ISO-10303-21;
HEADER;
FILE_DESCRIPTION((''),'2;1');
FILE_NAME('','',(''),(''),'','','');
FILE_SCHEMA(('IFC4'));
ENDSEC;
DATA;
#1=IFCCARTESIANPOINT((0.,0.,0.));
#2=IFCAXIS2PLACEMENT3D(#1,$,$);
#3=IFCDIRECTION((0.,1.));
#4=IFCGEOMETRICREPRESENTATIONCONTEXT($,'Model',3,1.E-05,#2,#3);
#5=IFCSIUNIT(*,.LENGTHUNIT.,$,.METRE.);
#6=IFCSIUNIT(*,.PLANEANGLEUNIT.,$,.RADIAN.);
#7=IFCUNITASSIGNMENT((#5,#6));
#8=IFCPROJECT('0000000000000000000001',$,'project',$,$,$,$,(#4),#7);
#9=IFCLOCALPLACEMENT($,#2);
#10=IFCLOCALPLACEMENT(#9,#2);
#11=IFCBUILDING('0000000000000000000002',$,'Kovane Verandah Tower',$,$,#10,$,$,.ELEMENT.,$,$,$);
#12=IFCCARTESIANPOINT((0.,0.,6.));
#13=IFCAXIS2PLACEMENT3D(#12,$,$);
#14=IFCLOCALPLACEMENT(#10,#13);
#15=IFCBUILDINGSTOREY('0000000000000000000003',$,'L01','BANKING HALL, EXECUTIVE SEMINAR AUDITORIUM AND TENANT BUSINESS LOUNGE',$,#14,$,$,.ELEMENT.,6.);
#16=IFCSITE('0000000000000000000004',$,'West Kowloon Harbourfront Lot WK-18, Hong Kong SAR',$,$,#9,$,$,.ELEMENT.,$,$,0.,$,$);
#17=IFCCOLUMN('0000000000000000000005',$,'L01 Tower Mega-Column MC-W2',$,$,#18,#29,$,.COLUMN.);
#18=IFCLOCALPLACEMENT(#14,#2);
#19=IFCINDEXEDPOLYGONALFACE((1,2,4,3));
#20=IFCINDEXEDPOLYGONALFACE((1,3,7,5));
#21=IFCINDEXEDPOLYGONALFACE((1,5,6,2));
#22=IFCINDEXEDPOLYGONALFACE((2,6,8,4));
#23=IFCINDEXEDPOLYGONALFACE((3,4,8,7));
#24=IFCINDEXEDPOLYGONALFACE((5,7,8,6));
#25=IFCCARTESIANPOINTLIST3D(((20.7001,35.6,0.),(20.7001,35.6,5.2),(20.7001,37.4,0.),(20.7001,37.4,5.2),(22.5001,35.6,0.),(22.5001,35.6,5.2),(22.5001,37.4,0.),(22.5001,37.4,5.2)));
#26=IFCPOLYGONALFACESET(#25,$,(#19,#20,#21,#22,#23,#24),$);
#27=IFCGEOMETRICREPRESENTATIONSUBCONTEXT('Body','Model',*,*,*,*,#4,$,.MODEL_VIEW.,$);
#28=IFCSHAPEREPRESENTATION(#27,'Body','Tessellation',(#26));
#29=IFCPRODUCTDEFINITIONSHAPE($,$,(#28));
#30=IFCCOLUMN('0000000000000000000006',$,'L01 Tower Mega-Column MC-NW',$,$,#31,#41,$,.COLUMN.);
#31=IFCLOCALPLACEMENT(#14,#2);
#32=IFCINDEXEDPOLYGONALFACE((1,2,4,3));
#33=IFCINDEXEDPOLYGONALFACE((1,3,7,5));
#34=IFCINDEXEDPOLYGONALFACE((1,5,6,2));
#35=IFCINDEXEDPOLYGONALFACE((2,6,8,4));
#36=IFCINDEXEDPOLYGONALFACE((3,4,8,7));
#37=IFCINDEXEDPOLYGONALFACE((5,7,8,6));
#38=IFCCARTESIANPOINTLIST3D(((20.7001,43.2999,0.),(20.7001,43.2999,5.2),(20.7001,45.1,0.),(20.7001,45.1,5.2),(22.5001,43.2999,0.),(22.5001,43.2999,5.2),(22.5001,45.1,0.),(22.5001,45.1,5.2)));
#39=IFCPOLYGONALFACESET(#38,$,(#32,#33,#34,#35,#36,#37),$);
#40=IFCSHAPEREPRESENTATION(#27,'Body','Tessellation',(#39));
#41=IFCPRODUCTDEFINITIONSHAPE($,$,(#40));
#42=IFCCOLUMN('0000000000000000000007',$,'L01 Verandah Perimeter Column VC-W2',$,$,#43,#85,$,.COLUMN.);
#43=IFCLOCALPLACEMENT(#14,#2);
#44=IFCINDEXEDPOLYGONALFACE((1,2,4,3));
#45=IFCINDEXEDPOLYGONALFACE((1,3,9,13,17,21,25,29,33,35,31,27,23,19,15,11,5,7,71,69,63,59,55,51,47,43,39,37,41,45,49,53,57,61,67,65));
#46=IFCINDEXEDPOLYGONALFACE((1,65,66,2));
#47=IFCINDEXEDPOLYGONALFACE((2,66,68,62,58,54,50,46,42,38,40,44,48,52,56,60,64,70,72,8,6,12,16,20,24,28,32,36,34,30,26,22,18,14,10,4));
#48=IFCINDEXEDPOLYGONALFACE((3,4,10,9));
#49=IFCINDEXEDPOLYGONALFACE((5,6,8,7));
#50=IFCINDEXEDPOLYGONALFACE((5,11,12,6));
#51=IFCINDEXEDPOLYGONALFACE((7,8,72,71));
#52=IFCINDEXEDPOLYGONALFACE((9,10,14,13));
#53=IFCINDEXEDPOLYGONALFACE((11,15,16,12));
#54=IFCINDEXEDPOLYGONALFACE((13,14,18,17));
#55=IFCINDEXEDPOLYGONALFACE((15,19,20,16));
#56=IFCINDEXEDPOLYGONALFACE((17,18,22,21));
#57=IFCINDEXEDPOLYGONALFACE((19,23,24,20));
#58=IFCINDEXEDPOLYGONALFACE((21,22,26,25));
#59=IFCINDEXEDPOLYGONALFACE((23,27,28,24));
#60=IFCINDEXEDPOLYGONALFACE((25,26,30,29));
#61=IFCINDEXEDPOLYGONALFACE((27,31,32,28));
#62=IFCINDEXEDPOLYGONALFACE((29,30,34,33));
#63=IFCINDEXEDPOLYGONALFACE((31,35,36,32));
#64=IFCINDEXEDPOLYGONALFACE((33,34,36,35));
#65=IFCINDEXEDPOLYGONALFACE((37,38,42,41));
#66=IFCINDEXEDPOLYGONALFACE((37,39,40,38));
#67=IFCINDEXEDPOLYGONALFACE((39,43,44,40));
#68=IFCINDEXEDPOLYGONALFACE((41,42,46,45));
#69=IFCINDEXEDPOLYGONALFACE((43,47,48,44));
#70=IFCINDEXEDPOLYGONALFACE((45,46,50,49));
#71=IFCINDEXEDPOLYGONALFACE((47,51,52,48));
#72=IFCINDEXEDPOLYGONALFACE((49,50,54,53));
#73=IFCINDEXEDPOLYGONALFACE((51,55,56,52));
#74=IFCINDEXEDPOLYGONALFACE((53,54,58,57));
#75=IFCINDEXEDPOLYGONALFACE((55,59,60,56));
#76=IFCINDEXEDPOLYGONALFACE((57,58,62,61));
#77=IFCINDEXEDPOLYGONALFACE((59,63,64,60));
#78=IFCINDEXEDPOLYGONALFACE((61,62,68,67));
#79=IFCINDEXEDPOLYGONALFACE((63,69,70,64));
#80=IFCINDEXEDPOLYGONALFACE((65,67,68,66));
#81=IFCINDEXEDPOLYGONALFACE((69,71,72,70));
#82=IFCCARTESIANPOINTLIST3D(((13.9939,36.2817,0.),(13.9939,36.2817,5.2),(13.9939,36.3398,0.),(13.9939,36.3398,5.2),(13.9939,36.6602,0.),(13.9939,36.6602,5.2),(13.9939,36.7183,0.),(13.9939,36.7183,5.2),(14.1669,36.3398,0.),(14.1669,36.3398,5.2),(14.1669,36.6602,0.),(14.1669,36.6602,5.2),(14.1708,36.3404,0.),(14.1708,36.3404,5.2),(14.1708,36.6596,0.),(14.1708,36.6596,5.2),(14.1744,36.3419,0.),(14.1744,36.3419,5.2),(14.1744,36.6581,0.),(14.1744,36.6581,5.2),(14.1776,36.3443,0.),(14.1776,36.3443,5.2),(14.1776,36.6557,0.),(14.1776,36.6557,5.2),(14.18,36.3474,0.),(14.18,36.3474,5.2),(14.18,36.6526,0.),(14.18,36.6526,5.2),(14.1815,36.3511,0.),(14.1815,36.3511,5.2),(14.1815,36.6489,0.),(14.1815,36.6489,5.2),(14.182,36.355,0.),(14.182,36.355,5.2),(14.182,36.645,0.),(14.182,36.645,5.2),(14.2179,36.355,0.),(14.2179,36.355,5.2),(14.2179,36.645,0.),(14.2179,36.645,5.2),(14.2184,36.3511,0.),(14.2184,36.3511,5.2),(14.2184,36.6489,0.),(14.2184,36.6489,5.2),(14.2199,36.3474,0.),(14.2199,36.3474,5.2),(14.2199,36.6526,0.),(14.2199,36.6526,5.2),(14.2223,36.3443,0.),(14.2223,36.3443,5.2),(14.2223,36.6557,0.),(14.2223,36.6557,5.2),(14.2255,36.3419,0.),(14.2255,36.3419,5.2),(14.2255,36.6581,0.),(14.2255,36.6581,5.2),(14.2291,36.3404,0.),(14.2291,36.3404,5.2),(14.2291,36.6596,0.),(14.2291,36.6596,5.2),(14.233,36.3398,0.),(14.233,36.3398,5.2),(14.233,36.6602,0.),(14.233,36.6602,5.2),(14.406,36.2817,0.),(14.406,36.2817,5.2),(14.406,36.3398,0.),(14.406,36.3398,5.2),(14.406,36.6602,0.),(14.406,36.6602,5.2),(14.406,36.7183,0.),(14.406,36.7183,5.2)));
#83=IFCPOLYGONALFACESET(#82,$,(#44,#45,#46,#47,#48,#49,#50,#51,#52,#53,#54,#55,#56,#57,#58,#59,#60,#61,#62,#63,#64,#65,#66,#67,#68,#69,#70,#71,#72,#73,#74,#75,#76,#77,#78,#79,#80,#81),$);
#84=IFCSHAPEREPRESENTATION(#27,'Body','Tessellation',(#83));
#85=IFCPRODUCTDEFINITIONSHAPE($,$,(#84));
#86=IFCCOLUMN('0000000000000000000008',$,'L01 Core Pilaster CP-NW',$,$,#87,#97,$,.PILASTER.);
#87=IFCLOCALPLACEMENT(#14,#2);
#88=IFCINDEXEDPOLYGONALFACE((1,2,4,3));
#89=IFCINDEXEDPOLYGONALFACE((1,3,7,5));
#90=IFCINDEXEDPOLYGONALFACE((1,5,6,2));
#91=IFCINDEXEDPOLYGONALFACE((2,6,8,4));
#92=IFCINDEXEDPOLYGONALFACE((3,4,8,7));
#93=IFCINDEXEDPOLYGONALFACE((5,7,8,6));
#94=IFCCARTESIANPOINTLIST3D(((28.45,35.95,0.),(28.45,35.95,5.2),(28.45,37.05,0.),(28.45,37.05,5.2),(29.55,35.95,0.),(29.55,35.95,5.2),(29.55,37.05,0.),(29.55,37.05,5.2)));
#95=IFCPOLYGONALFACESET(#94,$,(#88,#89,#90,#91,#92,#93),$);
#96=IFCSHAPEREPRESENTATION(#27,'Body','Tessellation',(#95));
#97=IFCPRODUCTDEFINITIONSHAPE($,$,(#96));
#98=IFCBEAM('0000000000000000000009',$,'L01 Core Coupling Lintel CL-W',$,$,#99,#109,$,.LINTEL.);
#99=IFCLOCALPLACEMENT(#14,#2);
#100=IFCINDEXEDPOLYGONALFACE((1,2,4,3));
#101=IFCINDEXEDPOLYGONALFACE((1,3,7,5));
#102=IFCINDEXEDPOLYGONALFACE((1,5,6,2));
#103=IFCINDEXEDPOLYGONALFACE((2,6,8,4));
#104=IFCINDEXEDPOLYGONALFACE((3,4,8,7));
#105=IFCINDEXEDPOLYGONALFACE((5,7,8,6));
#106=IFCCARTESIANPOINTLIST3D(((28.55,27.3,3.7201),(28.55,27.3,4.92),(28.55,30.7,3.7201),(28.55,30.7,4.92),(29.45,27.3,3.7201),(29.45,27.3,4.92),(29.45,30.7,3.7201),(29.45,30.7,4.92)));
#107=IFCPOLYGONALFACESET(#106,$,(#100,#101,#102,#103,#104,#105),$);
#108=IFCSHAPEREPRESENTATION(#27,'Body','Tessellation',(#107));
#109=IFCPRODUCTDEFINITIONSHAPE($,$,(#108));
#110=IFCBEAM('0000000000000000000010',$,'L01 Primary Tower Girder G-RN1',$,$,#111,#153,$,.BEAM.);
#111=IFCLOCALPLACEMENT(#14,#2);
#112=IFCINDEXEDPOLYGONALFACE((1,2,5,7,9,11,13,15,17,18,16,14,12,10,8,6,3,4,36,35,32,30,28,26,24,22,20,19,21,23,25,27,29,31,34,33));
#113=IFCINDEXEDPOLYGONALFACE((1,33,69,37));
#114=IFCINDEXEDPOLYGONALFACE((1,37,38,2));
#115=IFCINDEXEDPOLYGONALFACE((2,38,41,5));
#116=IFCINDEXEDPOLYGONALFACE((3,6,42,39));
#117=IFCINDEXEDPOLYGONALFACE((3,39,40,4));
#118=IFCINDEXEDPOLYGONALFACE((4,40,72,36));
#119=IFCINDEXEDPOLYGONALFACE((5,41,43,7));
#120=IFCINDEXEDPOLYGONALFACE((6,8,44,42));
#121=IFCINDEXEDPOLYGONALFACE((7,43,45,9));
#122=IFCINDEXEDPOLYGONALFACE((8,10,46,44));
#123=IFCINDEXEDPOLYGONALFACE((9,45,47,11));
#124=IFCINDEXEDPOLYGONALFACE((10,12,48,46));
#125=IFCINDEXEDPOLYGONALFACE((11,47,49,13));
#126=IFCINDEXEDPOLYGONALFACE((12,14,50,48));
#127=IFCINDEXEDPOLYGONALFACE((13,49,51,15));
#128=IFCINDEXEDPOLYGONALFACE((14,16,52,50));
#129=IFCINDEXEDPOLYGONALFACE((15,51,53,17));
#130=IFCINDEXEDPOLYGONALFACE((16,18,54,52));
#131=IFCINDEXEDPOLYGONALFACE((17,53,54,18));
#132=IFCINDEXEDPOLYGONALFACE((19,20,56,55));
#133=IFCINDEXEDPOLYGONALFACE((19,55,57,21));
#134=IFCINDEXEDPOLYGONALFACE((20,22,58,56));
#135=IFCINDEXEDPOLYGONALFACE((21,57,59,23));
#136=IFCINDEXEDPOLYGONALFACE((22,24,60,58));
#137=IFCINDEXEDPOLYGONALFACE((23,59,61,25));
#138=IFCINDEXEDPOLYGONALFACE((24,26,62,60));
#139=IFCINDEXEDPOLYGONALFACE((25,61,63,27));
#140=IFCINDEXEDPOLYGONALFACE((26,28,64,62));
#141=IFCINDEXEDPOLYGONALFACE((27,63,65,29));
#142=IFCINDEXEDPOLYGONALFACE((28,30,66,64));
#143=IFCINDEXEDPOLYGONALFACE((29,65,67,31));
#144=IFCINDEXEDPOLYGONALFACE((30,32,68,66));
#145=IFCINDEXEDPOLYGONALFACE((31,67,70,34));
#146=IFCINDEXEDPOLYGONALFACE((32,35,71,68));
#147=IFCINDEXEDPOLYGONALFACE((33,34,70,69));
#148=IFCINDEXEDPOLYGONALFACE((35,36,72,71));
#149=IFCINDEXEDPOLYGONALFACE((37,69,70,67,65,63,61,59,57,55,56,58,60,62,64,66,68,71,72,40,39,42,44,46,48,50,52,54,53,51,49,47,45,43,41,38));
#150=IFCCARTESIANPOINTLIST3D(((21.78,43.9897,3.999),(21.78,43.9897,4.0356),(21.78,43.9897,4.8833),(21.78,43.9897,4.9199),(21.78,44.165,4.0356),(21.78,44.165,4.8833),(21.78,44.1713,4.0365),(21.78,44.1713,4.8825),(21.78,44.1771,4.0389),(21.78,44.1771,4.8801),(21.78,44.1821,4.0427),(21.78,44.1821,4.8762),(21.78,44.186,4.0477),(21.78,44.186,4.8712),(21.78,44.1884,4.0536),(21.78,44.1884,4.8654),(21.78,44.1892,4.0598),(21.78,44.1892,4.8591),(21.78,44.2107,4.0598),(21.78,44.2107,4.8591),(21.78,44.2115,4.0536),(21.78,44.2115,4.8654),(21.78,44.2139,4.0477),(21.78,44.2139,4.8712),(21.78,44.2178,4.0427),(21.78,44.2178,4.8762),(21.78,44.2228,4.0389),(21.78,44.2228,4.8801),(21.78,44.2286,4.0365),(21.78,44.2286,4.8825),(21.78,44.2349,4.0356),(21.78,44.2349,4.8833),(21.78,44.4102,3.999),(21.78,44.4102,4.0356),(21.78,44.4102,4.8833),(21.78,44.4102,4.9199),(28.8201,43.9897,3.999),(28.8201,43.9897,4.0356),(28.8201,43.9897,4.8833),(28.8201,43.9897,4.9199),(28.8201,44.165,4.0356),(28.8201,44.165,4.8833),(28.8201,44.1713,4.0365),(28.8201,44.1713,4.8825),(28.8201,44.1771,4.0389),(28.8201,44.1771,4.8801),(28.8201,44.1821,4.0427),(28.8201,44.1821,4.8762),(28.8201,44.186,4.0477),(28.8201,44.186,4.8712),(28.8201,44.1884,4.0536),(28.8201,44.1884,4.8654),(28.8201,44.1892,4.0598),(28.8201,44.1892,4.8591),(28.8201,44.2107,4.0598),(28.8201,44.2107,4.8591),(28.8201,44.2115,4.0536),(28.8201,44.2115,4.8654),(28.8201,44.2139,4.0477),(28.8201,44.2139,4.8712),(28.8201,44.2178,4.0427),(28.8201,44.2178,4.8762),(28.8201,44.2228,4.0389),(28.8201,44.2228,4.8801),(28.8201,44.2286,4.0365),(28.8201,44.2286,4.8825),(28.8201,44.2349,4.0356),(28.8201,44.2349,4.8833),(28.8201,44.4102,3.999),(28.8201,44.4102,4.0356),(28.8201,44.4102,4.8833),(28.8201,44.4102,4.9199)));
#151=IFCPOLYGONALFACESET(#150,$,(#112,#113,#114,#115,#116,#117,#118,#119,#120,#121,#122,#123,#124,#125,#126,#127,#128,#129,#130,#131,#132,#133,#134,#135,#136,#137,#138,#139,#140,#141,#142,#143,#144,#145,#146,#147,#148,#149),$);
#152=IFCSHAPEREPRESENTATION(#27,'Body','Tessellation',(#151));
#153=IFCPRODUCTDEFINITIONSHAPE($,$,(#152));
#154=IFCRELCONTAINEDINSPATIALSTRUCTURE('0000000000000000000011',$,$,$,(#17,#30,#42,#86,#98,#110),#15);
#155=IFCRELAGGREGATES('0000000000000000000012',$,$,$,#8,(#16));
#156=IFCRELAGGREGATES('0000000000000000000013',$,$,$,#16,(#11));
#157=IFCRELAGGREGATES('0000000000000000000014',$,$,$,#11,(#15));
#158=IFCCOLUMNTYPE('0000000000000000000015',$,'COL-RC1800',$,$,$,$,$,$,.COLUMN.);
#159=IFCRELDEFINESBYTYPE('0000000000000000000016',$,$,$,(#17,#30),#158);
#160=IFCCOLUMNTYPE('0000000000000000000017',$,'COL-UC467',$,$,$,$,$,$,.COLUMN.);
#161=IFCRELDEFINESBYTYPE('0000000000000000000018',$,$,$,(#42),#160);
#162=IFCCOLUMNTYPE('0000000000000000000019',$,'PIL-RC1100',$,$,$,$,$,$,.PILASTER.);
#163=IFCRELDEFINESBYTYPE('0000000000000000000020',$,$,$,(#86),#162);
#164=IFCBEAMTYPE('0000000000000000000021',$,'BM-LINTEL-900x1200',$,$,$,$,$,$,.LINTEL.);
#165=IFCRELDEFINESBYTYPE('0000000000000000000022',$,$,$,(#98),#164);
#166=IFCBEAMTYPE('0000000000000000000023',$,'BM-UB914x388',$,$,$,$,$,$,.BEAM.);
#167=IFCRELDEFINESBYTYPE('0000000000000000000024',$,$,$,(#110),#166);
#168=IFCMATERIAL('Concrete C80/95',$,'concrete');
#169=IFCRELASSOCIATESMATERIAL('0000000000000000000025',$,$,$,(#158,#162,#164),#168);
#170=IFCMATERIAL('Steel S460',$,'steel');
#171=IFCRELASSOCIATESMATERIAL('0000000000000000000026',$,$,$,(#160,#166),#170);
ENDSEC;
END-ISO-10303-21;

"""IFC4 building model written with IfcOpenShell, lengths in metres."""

from ifc_helpers import new_model, si_unit, direction, frame, origin, origin_2d, place, context, subcontext, project, spatial, rectangle, i_section, extrude, material, material_profile, profile_set, type_object, element, save


model = new_model("IFC4")

# Units and contexts
model_context = context("Model", 3, precision=1e-05, world=origin(), true_north=direction((0.0, 1.0)))
body_context = subcontext(model_context, "Body", "Model", "MODEL_VIEW")
ifc_project = project(units=[si_unit("LENGTHUNIT", "METRE"), si_unit("PLANEANGLEUNIT", "RADIAN")], contexts=[model_context])

# Site, building, storey
site_placement = place(None, origin())
site = spatial("IfcSite", under=ifc_project, at=site_placement, Name="West Kowloon Harbourfront Lot WK-18, Hong Kong SAR", CompositionType="ELEMENT", RefElevation=0.0)
building_placement = place(site_placement, origin())
building = spatial("IfcBuilding", under=site, at=building_placement, Name="Kovane Verandah Tower", CompositionType="ELEMENT")
storey_placement = place(building_placement, frame((0.0, 0.0, 6.0)))
storey = spatial("IfcBuildingStorey", under=building, at=storey_placement, Name="L01", Description="BANKING HALL, EXECUTIVE SEMINAR AUDITORIUM AND TENANT BUSINESS LOUNGE", CompositionType="ELEMENT", Elevation=6.0)

# Columns
ifc_material_1 = material(Name="Concrete C80/95", Category="concrete")
ifc_material_profile_1 = material_profile(ifc_material_1, rectangle(XDim=1.8, YDim=1.8, at=origin_2d()), Name="RC1800x1800")
ifc_profile_set_1 = profile_set([ifc_material_profile_1], Name="Concrete C80/95")
column_type_1 = type_object("IfcColumnType", Name="COL-RC1800", PredefinedType="COLUMN", material=ifc_profile_set_1)
for number, where, z_axis, x_axis, name in (
    (1, (21.6001, 36.5, 0.0), (0.0, 0.0, 1.0), (1.0, 0.0, 0.0), "L01 Tower Mega-Column MC-W2"),
    (2, (21.6001, 44.2, 0.0), (0.0, 0.0, 1.0), (1.0, 0.0, 0.0), "L01 Tower Mega-Column MC-NW"),
):
    element("IfcColumn", number, at=place(storey_placement, frame(where, z_axis=z_axis, x_axis=x_axis)), inside=storey, type_object=column_type_1, Name=name, PredefinedType="COLUMN", context=body_context, shape_type="SweptSolid", body=[
        extrude(rectangle(XDim=1.8, YDim=1.8, at=origin_2d()), origin(), (0.0, 0.0, 1.0), 5.2),
    ])
ifc_material_2 = material(Name="Steel S460", Category="steel")
ifc_material_profile_2 = material_profile(ifc_material_2, i_section(OverallWidth=0.4121, OverallDepth=0.4365, WebThickness=0.0359, FlangeThickness=0.0581, FilletRadius=0.0151, at=origin_2d()), Name="UC356x406x467")
ifc_profile_set_2 = profile_set([ifc_material_profile_2], Name="Steel S460")
column_type_2 = type_object("IfcColumnType", Name="COL-UC467", PredefinedType="COLUMN", material=ifc_profile_set_2)
column_1_placement = place(storey_placement, frame((14.2, 36.5, 0.0), z_axis=(0.0, 0.0, 1.0), x_axis=(1.0, 0.0, 0.0)))
element("IfcColumn", 3, at=column_1_placement, inside=storey, type_object=column_type_2, Name="L01 Verandah Perimeter Column VC-W2", PredefinedType="COLUMN", context=body_context, shape_type="SweptSolid", body=[
    extrude(i_section(OverallWidth=0.4121, OverallDepth=0.4365, WebThickness=0.0359, FlangeThickness=0.0581, FilletRadius=0.0151, at=origin_2d()), origin(), (0.0, 0.0, 1.0), 5.2),
])
ifc_material_profile_3 = material_profile(ifc_material_1, rectangle(XDim=1.1001, YDim=1.1001, at=origin_2d()), Name="RC1100x1100")
ifc_profile_set_3 = profile_set([ifc_material_profile_3], Name="Concrete C80/95")
column_type_3 = type_object("IfcColumnType", Name="PIL-RC1100", PredefinedType="PILASTER", material=ifc_profile_set_3)
column_2_placement = place(storey_placement, frame((29.0, 36.5, 0.0), z_axis=(0.0, 0.0, 1.0), x_axis=(1.0, 0.0, 0.0)))
element("IfcColumn", 4, at=column_2_placement, inside=storey, type_object=column_type_3, Name="L01 Core Pilaster CP-NW", PredefinedType="PILASTER", context=body_context, shape_type="SweptSolid", body=[
    extrude(rectangle(XDim=1.1001, YDim=1.1001, at=origin_2d()), origin(), (0.0, 0.0, 1.0), 5.2),
])

# Beams
ifc_material_profile_4 = material_profile(ifc_material_1, rectangle(XDim=0.8999, YDim=1.2, at=origin_2d()), Name="RCB900x1200")
ifc_profile_set_4 = profile_set([ifc_material_profile_4], Name="Concrete C80/95")
beam_type_1 = type_object("IfcBeamType", Name="BM-LINTEL-900x1200", PredefinedType="LINTEL", material=ifc_profile_set_4)
beam_1_placement = place(storey_placement, frame((29.0, 27.3, 4.3201), z_axis=(0.0, 1.0, 0.0), x_axis=(-1.0, 0.0, 0.0)))
element("IfcBeam", 5, at=beam_1_placement, inside=storey, type_object=beam_type_1, Name="L01 Core Coupling Lintel CL-W", PredefinedType="LINTEL", context=body_context, shape_type="SweptSolid", body=[
    extrude(rectangle(XDim=0.8999, YDim=1.2, at=origin_2d()), origin(), (0.0, 0.0, 1.0), 3.3999),
])
ifc_material_profile_5 = material_profile(ifc_material_2, i_section(OverallWidth=0.4204, OverallDepth=0.9209, WebThickness=0.0215, FlangeThickness=0.0366, FilletRadius=0.0242, at=origin_2d()), Name="UB914x419x388")
ifc_profile_set_5 = profile_set([ifc_material_profile_5], Name="Steel S460")
beam_type_2 = type_object("IfcBeamType", Name="BM-UB914x388", PredefinedType="BEAM", material=ifc_profile_set_5)
beam_2_placement = place(storey_placement, frame((21.78, 44.2, 4.4595), z_axis=(1.0, 0.0, 0.0), x_axis=(0.0, 1.0, 0.0)))
element("IfcBeam", 6, at=beam_2_placement, inside=storey, type_object=beam_type_2, Name="L01 Primary Tower Girder G-RN1", PredefinedType="BEAM", context=body_context, shape_type="SweptSolid", body=[
    extrude(i_section(OverallWidth=0.4204, OverallDepth=0.9209, WebThickness=0.0215, FlangeThickness=0.0366, FilletRadius=0.0242, at=origin_2d()), origin(), (0.0, 0.0, 1.0), 7.04),
])

save(model, "model.ifc")
